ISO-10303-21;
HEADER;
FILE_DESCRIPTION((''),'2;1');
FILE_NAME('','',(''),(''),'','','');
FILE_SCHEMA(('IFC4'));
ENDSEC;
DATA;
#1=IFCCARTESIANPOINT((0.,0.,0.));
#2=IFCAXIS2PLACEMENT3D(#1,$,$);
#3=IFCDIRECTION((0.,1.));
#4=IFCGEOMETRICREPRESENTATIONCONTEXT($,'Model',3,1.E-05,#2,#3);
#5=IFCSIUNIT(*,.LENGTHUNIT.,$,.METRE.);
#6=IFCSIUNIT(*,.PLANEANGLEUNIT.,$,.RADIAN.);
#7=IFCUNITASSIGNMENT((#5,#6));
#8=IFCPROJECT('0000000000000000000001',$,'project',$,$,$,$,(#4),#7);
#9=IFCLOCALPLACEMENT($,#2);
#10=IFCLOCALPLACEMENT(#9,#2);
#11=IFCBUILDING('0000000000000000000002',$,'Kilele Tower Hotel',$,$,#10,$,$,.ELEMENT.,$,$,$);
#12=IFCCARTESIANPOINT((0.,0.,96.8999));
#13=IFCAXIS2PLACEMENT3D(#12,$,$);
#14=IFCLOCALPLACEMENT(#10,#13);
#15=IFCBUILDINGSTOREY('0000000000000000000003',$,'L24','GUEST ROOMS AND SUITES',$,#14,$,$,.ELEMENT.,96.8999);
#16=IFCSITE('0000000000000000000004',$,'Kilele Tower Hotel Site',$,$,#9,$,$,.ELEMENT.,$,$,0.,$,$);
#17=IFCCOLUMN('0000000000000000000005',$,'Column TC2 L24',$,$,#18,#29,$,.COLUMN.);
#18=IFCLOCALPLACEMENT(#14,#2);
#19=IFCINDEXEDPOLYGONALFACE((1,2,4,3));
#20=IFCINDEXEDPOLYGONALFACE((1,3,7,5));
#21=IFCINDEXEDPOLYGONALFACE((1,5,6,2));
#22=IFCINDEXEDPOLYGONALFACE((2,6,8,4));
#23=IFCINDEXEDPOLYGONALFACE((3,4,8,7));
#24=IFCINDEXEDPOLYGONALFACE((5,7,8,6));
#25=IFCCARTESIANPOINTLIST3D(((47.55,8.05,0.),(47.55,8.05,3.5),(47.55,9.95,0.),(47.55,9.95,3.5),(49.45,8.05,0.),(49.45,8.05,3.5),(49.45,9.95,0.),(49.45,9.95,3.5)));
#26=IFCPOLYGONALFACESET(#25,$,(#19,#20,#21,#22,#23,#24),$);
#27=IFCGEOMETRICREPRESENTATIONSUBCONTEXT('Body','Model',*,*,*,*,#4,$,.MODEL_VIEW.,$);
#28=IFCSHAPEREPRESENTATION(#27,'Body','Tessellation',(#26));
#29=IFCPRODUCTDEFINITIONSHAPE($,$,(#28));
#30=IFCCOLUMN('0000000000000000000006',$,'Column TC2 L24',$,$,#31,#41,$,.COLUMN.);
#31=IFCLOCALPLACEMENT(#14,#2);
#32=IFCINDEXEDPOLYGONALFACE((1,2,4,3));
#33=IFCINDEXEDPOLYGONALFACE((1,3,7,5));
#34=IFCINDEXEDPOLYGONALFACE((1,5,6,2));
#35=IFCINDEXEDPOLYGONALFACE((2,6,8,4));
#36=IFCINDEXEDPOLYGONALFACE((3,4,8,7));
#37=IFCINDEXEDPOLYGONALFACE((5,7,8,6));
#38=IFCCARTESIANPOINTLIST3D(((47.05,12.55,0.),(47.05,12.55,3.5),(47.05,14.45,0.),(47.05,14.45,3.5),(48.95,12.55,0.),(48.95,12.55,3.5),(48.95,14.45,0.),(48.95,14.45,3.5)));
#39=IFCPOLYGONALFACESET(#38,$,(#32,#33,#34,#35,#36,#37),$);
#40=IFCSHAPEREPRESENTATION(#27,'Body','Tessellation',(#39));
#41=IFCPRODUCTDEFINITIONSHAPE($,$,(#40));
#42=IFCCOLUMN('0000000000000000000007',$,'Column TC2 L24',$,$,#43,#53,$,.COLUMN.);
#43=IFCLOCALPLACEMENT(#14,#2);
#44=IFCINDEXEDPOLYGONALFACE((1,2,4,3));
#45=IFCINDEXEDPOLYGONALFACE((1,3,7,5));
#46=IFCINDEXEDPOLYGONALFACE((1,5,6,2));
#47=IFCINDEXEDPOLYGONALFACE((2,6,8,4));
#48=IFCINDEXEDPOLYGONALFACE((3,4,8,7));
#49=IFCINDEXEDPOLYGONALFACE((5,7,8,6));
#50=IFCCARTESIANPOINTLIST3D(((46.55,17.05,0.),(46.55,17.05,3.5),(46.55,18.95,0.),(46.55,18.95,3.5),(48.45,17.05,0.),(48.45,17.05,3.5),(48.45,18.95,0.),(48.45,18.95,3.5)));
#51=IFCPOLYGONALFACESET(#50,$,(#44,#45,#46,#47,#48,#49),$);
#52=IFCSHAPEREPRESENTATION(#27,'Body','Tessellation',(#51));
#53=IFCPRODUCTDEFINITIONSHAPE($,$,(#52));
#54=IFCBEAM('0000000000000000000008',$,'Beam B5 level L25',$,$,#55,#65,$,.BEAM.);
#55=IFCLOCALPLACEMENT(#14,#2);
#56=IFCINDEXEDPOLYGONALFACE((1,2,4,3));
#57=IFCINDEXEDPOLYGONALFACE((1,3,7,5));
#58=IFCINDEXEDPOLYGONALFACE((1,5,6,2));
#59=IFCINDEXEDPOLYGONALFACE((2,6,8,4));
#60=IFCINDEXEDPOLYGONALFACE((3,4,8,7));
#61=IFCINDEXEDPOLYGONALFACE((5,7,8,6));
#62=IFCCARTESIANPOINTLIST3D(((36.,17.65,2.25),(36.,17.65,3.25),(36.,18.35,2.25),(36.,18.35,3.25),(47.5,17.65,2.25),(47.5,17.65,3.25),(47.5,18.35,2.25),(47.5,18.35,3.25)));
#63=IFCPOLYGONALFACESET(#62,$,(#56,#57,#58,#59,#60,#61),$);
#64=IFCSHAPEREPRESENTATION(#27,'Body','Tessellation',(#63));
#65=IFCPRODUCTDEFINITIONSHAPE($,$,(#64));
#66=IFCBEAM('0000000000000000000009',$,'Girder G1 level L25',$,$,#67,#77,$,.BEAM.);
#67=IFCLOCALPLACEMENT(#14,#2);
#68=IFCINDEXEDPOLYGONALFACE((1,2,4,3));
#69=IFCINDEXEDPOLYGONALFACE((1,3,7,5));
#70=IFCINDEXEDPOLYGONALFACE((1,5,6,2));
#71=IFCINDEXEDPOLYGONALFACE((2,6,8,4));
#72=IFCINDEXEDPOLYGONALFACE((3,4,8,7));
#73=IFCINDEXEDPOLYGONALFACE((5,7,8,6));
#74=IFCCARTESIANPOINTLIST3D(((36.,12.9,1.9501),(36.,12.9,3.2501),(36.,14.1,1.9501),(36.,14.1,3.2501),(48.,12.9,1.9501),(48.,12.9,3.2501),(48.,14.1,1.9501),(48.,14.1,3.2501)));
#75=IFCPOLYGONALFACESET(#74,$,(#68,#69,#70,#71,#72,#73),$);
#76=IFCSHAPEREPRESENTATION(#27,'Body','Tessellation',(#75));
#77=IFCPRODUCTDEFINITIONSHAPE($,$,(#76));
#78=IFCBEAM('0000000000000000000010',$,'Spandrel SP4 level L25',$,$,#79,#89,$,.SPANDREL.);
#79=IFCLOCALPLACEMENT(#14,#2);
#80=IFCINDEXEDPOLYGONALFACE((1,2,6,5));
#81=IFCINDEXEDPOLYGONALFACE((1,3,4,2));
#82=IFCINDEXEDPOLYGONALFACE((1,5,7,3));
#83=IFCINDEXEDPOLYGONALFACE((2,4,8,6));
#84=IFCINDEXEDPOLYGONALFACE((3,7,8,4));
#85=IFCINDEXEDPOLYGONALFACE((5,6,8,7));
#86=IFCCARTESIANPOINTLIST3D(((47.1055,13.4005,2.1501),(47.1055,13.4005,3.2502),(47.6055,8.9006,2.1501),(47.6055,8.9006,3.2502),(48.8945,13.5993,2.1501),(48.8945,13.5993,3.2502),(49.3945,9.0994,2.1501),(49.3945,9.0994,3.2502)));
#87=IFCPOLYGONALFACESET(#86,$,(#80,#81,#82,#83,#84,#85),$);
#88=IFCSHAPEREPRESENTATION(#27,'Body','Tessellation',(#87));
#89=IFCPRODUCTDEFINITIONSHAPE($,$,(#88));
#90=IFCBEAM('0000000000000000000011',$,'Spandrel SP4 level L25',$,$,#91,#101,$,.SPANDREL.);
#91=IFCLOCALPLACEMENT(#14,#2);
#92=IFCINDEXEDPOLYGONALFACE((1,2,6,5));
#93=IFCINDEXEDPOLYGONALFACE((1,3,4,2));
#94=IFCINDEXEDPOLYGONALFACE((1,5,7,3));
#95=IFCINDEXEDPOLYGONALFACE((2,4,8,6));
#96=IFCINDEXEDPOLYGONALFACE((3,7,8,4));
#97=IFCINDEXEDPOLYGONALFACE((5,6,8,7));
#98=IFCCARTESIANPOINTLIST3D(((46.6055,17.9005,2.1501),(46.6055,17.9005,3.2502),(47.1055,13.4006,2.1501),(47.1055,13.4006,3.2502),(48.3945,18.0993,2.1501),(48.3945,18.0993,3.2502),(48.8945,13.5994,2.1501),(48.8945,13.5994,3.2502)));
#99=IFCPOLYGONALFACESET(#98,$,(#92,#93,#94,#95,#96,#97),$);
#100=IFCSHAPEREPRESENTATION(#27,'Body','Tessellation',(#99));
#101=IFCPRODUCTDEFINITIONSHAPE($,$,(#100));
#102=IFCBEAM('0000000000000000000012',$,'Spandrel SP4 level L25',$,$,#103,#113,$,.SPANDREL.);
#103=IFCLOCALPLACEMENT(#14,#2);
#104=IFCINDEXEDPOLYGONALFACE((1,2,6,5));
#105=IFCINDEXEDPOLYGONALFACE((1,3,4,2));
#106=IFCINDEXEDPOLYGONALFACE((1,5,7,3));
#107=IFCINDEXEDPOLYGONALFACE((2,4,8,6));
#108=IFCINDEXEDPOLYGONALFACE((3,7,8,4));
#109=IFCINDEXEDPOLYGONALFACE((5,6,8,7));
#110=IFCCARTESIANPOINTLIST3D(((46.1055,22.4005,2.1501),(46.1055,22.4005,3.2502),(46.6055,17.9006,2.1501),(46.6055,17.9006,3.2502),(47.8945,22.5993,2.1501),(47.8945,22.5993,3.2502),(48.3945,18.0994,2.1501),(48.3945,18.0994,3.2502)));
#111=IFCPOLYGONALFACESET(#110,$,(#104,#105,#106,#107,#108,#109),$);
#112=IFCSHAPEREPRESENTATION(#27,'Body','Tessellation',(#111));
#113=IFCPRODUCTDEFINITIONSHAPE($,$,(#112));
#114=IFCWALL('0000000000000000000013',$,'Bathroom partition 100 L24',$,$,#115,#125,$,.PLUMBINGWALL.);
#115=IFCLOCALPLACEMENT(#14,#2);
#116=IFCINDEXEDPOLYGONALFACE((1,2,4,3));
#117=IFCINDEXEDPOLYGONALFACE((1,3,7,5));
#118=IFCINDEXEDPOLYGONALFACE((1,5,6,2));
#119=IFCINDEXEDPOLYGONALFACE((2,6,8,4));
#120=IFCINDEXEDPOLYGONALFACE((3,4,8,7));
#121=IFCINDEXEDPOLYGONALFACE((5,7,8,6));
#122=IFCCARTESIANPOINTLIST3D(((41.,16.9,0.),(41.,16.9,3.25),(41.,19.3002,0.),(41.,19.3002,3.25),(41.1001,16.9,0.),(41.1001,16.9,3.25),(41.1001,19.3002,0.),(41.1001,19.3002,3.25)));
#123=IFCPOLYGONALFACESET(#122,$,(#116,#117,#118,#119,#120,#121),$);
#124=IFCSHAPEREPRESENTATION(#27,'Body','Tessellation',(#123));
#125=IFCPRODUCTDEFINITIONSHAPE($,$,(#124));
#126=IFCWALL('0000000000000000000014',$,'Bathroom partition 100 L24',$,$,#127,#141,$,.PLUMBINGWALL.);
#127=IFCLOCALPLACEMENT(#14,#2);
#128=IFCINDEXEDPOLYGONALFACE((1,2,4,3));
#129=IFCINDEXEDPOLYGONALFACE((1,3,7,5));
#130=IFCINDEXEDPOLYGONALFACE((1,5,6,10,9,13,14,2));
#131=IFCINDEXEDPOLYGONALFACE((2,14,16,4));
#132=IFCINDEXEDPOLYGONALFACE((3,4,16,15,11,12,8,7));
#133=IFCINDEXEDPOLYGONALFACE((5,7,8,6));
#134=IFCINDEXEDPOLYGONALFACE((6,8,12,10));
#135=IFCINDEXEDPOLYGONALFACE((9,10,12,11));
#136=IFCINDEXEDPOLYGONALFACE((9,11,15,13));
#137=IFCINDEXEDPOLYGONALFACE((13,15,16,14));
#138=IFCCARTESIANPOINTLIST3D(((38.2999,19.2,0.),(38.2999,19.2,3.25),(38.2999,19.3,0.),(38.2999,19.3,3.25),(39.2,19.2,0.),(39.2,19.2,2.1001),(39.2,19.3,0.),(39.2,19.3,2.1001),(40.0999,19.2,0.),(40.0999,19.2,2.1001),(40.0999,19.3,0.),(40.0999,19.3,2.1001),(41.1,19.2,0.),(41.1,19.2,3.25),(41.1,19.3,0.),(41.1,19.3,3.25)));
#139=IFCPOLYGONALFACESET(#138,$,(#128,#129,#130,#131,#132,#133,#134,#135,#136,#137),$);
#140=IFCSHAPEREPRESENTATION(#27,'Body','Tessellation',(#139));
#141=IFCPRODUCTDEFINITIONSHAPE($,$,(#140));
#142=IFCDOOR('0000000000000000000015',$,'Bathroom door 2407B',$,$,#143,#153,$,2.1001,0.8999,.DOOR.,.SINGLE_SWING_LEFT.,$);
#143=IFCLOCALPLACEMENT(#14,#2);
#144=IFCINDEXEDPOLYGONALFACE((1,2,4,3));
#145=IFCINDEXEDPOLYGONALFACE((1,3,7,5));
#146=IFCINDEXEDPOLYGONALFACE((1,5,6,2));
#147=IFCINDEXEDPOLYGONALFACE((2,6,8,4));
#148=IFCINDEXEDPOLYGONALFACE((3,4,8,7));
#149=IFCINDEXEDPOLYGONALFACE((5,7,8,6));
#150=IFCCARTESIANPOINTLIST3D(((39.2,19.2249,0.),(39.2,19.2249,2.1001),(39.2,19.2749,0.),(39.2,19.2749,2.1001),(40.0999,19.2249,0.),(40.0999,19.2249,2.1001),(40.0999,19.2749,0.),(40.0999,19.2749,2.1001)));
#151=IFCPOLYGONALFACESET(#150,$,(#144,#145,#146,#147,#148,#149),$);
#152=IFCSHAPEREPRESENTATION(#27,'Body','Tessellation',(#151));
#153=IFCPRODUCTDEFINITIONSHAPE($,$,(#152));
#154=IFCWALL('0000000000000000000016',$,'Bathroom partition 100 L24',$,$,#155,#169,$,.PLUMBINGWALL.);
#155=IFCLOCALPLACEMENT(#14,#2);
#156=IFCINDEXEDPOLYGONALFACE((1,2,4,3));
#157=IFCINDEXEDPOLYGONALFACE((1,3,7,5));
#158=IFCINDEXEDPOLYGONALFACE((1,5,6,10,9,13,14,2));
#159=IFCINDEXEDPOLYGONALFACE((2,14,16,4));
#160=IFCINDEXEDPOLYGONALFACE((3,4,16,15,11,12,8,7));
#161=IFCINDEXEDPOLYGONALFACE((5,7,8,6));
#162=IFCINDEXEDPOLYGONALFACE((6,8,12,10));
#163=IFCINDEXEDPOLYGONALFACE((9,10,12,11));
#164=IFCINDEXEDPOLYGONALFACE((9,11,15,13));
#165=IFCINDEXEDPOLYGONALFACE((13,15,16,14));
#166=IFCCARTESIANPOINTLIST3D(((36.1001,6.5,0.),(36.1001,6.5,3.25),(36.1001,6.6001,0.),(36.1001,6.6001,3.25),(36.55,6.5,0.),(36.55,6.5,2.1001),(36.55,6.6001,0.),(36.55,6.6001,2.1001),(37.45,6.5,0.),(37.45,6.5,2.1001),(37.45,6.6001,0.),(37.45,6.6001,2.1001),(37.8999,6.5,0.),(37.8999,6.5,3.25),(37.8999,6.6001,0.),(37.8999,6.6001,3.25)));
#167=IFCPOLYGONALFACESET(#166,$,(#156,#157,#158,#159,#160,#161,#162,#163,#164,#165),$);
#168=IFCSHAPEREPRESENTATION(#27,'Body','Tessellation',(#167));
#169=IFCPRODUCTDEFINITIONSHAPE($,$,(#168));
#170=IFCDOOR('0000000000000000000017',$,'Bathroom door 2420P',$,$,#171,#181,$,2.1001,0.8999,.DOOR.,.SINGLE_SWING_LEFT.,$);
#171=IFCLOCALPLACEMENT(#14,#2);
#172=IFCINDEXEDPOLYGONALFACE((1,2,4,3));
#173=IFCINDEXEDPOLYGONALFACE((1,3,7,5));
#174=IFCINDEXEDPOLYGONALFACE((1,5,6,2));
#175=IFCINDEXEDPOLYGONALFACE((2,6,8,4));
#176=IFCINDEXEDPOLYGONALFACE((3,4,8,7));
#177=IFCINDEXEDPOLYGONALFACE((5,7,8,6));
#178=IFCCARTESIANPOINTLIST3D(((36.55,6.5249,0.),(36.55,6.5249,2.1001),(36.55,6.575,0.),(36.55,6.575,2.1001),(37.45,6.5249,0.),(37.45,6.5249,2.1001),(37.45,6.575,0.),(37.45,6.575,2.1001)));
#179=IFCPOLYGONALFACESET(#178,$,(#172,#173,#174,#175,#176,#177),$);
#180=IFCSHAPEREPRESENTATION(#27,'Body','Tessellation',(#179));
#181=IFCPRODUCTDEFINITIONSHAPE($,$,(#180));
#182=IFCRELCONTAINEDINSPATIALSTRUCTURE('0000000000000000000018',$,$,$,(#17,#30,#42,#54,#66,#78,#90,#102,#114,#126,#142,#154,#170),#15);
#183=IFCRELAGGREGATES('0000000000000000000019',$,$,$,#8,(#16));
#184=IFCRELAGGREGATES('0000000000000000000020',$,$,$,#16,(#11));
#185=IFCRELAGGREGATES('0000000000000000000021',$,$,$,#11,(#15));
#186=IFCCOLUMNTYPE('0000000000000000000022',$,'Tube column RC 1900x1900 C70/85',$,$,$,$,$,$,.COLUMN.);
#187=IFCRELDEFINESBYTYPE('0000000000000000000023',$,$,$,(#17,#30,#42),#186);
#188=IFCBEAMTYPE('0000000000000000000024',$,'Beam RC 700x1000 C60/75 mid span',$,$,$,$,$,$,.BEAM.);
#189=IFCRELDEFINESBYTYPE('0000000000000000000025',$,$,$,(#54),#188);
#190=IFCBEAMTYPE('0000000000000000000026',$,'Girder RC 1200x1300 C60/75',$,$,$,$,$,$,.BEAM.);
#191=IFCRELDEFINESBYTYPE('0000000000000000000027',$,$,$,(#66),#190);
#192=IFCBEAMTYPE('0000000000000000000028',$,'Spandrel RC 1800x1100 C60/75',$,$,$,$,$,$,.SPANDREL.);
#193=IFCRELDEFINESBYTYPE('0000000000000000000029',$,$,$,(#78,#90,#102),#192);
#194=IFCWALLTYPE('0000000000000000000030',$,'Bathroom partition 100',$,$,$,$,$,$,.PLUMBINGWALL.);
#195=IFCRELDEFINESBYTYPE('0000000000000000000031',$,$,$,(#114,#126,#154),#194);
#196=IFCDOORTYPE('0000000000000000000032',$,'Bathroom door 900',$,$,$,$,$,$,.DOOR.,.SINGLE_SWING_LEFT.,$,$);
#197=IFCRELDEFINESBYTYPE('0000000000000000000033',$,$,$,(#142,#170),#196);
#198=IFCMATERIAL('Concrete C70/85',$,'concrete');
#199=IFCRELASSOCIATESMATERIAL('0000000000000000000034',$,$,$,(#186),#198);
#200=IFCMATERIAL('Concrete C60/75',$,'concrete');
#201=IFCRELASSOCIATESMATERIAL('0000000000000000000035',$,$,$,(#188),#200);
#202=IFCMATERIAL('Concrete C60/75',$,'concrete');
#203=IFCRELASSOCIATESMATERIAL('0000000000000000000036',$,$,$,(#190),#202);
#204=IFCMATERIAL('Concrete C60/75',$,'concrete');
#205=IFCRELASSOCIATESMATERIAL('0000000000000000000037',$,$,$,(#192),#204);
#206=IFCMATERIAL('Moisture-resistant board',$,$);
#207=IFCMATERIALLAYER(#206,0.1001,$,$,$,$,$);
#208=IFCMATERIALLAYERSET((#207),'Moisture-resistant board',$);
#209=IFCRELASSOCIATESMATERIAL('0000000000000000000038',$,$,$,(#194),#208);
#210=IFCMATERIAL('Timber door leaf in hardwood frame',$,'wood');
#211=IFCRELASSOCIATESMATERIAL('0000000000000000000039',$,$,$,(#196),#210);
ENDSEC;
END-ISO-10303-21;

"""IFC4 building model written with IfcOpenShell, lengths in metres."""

from ifc_helpers import new_model, si_unit, direction, frame, frame_2d, origin, origin_2d, place, context, subcontext, project, spatial, rectangle, extrude, material, layer, layer_set, material_profile, profile_set, type_object, element, fill, save


model = new_model("IFC4")

# Units and contexts
model_context = context("Model", 3, precision=1e-05, world=origin(), true_north=direction((0.0, 1.0)))
body_context = subcontext(model_context, "Body", "Model", "MODEL_VIEW")
ifc_project = project(units=[si_unit("LENGTHUNIT", "METRE"), si_unit("PLANEANGLEUNIT", "RADIAN")], contexts=[model_context])

# Site, building, storey
site_placement = place(None, origin())
site = spatial("IfcSite", under=ifc_project, at=site_placement, Name="Kilele Tower Hotel Site", CompositionType="ELEMENT", RefElevation=0.0)
building_placement = place(site_placement, origin())
building = spatial("IfcBuilding", under=site, at=building_placement, Name="Kilele Tower Hotel", CompositionType="ELEMENT")
storey_placement = place(building_placement, frame((0.0, 0.0, 96.8999)))
storey = spatial("IfcBuildingStorey", under=building, at=storey_placement, Name="L24", Description="GUEST ROOMS AND SUITES", CompositionType="ELEMENT", Elevation=96.8999)

# Columns
ifc_material_1 = material(Name="Concrete C70/85", Category="concrete")
ifc_material_profile_1 = material_profile(ifc_material_1, rectangle(XDim=1.8999, YDim=1.8999, at=origin_2d()))
ifc_profile_set_1 = profile_set([ifc_material_profile_1], Name="Concrete C70/85")
column_type = type_object("IfcColumnType", Name="Tube column RC 1900x1900 C70/85", PredefinedType="COLUMN", material=ifc_profile_set_1)
for number, where, z_axis, x_axis, name in (
    (1, (48.5, 9.0, 0.0), (0.0, 0.0, 1.0), (1.0, 0.0, 0.0), "Column TC2 L24"),
    (2, (48.0, 13.5, 0.0), (0.0, 0.0, 1.0), (1.0, 0.0, 0.0), "Column TC2 L24"),
    (3, (47.5, 18.0, 0.0), (0.0, 0.0, 1.0), (1.0, 0.0, 0.0), "Column TC2 L24"),
):
    element("IfcColumn", number, at=place(storey_placement, frame(where, z_axis=z_axis, x_axis=x_axis)), inside=storey, type_object=column_type, Name=name, PredefinedType="COLUMN", context=body_context, shape_type="SweptSolid", body=[
        extrude(rectangle(XDim=1.8999, YDim=1.8999, at=origin_2d()), origin(), (0.0, 0.0, 1.0), 3.5),
    ])

# Beams
ifc_material_2 = material(Name="Concrete C60/75", Category="concrete")
ifc_material_profile_2 = material_profile(ifc_material_2, rectangle(XDim=0.7, YDim=1.0, at=origin_2d()))
ifc_profile_set_2 = profile_set([ifc_material_profile_2], Name="Concrete C60/75")
beam_type_1 = type_object("IfcBeamType", Name="Beam RC 700x1000 C60/75 mid span", PredefinedType="BEAM", material=ifc_profile_set_2)
beam_1_placement = place(storey_placement, frame((47.5, 18.0, 2.75), z_axis=(-1.0, 0.0, 0.0), x_axis=(0.0, -1.0, 0.0)))
element("IfcBeam", 4, at=beam_1_placement, inside=storey, type_object=beam_type_1, Name="Beam B5 level L25", PredefinedType="BEAM", context=body_context, shape_type="SweptSolid", body=[
    extrude(rectangle(XDim=0.7, YDim=1.0, at=origin_2d()), origin(), (0.0, 0.0, 1.0), 11.5),
])
ifc_material_3 = material(Name="Concrete C60/75", Category="concrete")
ifc_material_profile_3 = material_profile(ifc_material_3, rectangle(XDim=1.2, YDim=1.3, at=origin_2d()))
ifc_profile_set_3 = profile_set([ifc_material_profile_3], Name="Concrete C60/75")
beam_type_2 = type_object("IfcBeamType", Name="Girder RC 1200x1300 C60/75", PredefinedType="BEAM", material=ifc_profile_set_3)
beam_2_placement = place(storey_placement, frame((48.0, 13.5, 2.6001), z_axis=(-1.0, 0.0, 0.0), x_axis=(0.0, -1.0, 0.0)))
element("IfcBeam", 5, at=beam_2_placement, inside=storey, type_object=beam_type_2, Name="Girder G1 level L25", PredefinedType="BEAM", context=body_context, shape_type="SweptSolid", body=[
    extrude(rectangle(XDim=1.2, YDim=1.3, at=origin_2d()), origin(), (0.0, 0.0, 1.0), 12.0),
])
ifc_material_4 = material(Name="Concrete C60/75", Category="concrete")
ifc_material_profile_4 = material_profile(ifc_material_4, rectangle(XDim=1.8, YDim=1.1001, at=origin_2d()))
ifc_profile_set_4 = profile_set([ifc_material_profile_4], Name="Concrete C60/75")
beam_type_3 = type_object("IfcBeamType", Name="Spandrel RC 1800x1100 C60/75", PredefinedType="SPANDREL", material=ifc_profile_set_4)
for number, where, z_axis, x_axis, name in (
    (6, (48.5, 9.0, 2.7002), (-0.110432, 0.993884, 0.0), (-0.993884, -0.110432, 0.0), "Spandrel SP4 level L25"),
    (7, (48.0, 13.5, 2.7002), (-0.110432, 0.993884, 0.0), (-0.993884, -0.110432, 0.0), "Spandrel SP4 level L25"),
    (8, (47.5, 18.0, 2.7002), (-0.110432, 0.993884, 0.0), (-0.993884, -0.110432, 0.0), "Spandrel SP4 level L25"),
):
    element("IfcBeam", number, at=place(storey_placement, frame(where, z_axis=z_axis, x_axis=x_axis)), inside=storey, type_object=beam_type_3, Name=name, PredefinedType="SPANDREL", context=body_context, shape_type="SweptSolid", body=[
        extrude(rectangle(XDim=1.8, YDim=1.1001, at=origin_2d()), origin(), (0.0, 0.0, 1.0), 4.5276),
    ])

# Wall
ifc_material_5 = material(Name="Moisture-resistant board")
ifc_layer_1 = layer(ifc_material_5, 0.1001)
ifc_layer_set_1 = layer_set([ifc_layer_1], Name="Moisture-resistant board")
wall_type_1 = type_object("IfcWallType", Name="Bathroom partition 100", PredefinedType="PLUMBINGWALL", material=ifc_layer_set_1)
wall_1_placement = place(storey_placement, frame((41.05, 16.8999, 0.0), z_axis=(0.0, 0.0, 1.0), x_axis=(0.0, 1.0, 0.0)))
element("IfcWall", 9, at=wall_1_placement, inside=storey, type_object=wall_type_1, Name="Bathroom partition 100 L24", PredefinedType="PLUMBINGWALL", context=body_context, shape_type="SweptSolid", body=[
    extrude(rectangle(XDim=2.4001, YDim=0.1001, at=frame_2d((1.2002, 0.0))), origin(), (0.0, 0.0, 1.0), 3.25),
])

# Walls, openings, doors
wall_2_placement = place(storey_placement, frame((38.3, 19.25, 0.0), z_axis=(0.0, 0.0, 1.0), x_axis=(1.0, 0.0, 0.0)))
wall_2 = element("IfcWall", 10, at=wall_2_placement, inside=storey, type_object=wall_type_1, Name="Bathroom partition 100 L24", PredefinedType="PLUMBINGWALL", context=body_context, shape_type="SweptSolid", body=[
    extrude(rectangle(XDim=2.8, YDim=0.1001, at=frame_2d((1.3999, 0.0))), origin(), (0.0, 0.0, 1.0), 3.25),
])
opening_1_placement = place(wall_2_placement, frame((0.8999, 0.0, 0.0)))
opening_1 = element("IfcOpeningElement", 11, at=opening_1_placement, cuts=wall_2, PredefinedType="OPENING", context=body_context, shape_type="SweptSolid", body=[
    extrude(rectangle(XDim=0.8999, YDim=2.1001, at=frame_2d((0.45, 1.05))), frame((0.0, 0.0601, 0.0), z_axis=(0.0, -1.0, 0.0), x_axis=(1.0, 0.0, 0.0)), (0.0, 0.0, 1.0), 0.1201),
])
ifc_material_6 = material(Name="Timber door leaf in hardwood frame", Category="wood")
door_type_1 = type_object("IfcDoorType", Name="Bathroom door 900", OperationType="SINGLE_SWING_LEFT", PredefinedType="DOOR", material=ifc_material_6)
door_1_placement = place(opening_1_placement, origin())
door_1 = element("IfcDoor", 12, at=door_1_placement, inside=storey, type_object=door_type_1, Name="Bathroom door 2407B", OperationType="SINGLE_SWING_LEFT", OverallHeight=2.1001, OverallWidth=0.8999, PredefinedType="DOOR", context=body_context, shape_type="SweptSolid", body=[
    extrude(rectangle(XDim=0.8999, YDim=2.1001, at=frame_2d((0.45, 1.05))), frame((0.0, 0.0249, 0.0), z_axis=(0.0, -1.0, 0.0), x_axis=(1.0, 0.0, 0.0)), (0.0, 0.0, 1.0), 0.05),
])
fill(opening_1, door_1)
wall_3_placement = place(storey_placement, frame((36.1001, 6.55, 0.0), z_axis=(0.0, 0.0, 1.0), x_axis=(1.0, 0.0, 0.0)))
wall_3 = element("IfcWall", 13, at=wall_3_placement, inside=storey, type_object=wall_type_1, Name="Bathroom partition 100 L24", PredefinedType="PLUMBINGWALL", context=body_context, shape_type="SweptSolid", body=[
    extrude(rectangle(XDim=1.7998, YDim=0.1001, at=frame_2d((0.8999, 0.0))), origin(), (0.0, 0.0, 1.0), 3.25),
])
opening_2_placement = place(wall_3_placement, frame((0.45, 0.0, 0.0)))
opening_2 = element("IfcOpeningElement", 14, at=opening_2_placement, cuts=wall_3, PredefinedType="OPENING", context=body_context, shape_type="SweptSolid", body=[
    extrude(rectangle(XDim=0.8999, YDim=2.1001, at=frame_2d((0.45, 1.05))), frame((0.0, 0.0601, 0.0), z_axis=(0.0, -1.0, 0.0), x_axis=(1.0, 0.0, 0.0)), (0.0, 0.0, 1.0), 0.1201),
])
door_2_placement = place(opening_2_placement, origin())
door_2 = element("IfcDoor", 15, at=door_2_placement, inside=storey, type_object=door_type_1, Name="Bathroom door 2420P", OperationType="SINGLE_SWING_LEFT", OverallHeight=2.1001, OverallWidth=0.8999, PredefinedType="DOOR", context=body_context, shape_type="SweptSolid", body=[
    extrude(rectangle(XDim=0.8999, YDim=2.1001, at=frame_2d((0.45, 1.05))), frame((0.0, 0.0249, 0.0), z_axis=(0.0, -1.0, 0.0), x_axis=(1.0, 0.0, 0.0)), (0.0, 0.0, 1.0), 0.05),
])
fill(opening_2, door_2)

save(model, "model.ifc")
